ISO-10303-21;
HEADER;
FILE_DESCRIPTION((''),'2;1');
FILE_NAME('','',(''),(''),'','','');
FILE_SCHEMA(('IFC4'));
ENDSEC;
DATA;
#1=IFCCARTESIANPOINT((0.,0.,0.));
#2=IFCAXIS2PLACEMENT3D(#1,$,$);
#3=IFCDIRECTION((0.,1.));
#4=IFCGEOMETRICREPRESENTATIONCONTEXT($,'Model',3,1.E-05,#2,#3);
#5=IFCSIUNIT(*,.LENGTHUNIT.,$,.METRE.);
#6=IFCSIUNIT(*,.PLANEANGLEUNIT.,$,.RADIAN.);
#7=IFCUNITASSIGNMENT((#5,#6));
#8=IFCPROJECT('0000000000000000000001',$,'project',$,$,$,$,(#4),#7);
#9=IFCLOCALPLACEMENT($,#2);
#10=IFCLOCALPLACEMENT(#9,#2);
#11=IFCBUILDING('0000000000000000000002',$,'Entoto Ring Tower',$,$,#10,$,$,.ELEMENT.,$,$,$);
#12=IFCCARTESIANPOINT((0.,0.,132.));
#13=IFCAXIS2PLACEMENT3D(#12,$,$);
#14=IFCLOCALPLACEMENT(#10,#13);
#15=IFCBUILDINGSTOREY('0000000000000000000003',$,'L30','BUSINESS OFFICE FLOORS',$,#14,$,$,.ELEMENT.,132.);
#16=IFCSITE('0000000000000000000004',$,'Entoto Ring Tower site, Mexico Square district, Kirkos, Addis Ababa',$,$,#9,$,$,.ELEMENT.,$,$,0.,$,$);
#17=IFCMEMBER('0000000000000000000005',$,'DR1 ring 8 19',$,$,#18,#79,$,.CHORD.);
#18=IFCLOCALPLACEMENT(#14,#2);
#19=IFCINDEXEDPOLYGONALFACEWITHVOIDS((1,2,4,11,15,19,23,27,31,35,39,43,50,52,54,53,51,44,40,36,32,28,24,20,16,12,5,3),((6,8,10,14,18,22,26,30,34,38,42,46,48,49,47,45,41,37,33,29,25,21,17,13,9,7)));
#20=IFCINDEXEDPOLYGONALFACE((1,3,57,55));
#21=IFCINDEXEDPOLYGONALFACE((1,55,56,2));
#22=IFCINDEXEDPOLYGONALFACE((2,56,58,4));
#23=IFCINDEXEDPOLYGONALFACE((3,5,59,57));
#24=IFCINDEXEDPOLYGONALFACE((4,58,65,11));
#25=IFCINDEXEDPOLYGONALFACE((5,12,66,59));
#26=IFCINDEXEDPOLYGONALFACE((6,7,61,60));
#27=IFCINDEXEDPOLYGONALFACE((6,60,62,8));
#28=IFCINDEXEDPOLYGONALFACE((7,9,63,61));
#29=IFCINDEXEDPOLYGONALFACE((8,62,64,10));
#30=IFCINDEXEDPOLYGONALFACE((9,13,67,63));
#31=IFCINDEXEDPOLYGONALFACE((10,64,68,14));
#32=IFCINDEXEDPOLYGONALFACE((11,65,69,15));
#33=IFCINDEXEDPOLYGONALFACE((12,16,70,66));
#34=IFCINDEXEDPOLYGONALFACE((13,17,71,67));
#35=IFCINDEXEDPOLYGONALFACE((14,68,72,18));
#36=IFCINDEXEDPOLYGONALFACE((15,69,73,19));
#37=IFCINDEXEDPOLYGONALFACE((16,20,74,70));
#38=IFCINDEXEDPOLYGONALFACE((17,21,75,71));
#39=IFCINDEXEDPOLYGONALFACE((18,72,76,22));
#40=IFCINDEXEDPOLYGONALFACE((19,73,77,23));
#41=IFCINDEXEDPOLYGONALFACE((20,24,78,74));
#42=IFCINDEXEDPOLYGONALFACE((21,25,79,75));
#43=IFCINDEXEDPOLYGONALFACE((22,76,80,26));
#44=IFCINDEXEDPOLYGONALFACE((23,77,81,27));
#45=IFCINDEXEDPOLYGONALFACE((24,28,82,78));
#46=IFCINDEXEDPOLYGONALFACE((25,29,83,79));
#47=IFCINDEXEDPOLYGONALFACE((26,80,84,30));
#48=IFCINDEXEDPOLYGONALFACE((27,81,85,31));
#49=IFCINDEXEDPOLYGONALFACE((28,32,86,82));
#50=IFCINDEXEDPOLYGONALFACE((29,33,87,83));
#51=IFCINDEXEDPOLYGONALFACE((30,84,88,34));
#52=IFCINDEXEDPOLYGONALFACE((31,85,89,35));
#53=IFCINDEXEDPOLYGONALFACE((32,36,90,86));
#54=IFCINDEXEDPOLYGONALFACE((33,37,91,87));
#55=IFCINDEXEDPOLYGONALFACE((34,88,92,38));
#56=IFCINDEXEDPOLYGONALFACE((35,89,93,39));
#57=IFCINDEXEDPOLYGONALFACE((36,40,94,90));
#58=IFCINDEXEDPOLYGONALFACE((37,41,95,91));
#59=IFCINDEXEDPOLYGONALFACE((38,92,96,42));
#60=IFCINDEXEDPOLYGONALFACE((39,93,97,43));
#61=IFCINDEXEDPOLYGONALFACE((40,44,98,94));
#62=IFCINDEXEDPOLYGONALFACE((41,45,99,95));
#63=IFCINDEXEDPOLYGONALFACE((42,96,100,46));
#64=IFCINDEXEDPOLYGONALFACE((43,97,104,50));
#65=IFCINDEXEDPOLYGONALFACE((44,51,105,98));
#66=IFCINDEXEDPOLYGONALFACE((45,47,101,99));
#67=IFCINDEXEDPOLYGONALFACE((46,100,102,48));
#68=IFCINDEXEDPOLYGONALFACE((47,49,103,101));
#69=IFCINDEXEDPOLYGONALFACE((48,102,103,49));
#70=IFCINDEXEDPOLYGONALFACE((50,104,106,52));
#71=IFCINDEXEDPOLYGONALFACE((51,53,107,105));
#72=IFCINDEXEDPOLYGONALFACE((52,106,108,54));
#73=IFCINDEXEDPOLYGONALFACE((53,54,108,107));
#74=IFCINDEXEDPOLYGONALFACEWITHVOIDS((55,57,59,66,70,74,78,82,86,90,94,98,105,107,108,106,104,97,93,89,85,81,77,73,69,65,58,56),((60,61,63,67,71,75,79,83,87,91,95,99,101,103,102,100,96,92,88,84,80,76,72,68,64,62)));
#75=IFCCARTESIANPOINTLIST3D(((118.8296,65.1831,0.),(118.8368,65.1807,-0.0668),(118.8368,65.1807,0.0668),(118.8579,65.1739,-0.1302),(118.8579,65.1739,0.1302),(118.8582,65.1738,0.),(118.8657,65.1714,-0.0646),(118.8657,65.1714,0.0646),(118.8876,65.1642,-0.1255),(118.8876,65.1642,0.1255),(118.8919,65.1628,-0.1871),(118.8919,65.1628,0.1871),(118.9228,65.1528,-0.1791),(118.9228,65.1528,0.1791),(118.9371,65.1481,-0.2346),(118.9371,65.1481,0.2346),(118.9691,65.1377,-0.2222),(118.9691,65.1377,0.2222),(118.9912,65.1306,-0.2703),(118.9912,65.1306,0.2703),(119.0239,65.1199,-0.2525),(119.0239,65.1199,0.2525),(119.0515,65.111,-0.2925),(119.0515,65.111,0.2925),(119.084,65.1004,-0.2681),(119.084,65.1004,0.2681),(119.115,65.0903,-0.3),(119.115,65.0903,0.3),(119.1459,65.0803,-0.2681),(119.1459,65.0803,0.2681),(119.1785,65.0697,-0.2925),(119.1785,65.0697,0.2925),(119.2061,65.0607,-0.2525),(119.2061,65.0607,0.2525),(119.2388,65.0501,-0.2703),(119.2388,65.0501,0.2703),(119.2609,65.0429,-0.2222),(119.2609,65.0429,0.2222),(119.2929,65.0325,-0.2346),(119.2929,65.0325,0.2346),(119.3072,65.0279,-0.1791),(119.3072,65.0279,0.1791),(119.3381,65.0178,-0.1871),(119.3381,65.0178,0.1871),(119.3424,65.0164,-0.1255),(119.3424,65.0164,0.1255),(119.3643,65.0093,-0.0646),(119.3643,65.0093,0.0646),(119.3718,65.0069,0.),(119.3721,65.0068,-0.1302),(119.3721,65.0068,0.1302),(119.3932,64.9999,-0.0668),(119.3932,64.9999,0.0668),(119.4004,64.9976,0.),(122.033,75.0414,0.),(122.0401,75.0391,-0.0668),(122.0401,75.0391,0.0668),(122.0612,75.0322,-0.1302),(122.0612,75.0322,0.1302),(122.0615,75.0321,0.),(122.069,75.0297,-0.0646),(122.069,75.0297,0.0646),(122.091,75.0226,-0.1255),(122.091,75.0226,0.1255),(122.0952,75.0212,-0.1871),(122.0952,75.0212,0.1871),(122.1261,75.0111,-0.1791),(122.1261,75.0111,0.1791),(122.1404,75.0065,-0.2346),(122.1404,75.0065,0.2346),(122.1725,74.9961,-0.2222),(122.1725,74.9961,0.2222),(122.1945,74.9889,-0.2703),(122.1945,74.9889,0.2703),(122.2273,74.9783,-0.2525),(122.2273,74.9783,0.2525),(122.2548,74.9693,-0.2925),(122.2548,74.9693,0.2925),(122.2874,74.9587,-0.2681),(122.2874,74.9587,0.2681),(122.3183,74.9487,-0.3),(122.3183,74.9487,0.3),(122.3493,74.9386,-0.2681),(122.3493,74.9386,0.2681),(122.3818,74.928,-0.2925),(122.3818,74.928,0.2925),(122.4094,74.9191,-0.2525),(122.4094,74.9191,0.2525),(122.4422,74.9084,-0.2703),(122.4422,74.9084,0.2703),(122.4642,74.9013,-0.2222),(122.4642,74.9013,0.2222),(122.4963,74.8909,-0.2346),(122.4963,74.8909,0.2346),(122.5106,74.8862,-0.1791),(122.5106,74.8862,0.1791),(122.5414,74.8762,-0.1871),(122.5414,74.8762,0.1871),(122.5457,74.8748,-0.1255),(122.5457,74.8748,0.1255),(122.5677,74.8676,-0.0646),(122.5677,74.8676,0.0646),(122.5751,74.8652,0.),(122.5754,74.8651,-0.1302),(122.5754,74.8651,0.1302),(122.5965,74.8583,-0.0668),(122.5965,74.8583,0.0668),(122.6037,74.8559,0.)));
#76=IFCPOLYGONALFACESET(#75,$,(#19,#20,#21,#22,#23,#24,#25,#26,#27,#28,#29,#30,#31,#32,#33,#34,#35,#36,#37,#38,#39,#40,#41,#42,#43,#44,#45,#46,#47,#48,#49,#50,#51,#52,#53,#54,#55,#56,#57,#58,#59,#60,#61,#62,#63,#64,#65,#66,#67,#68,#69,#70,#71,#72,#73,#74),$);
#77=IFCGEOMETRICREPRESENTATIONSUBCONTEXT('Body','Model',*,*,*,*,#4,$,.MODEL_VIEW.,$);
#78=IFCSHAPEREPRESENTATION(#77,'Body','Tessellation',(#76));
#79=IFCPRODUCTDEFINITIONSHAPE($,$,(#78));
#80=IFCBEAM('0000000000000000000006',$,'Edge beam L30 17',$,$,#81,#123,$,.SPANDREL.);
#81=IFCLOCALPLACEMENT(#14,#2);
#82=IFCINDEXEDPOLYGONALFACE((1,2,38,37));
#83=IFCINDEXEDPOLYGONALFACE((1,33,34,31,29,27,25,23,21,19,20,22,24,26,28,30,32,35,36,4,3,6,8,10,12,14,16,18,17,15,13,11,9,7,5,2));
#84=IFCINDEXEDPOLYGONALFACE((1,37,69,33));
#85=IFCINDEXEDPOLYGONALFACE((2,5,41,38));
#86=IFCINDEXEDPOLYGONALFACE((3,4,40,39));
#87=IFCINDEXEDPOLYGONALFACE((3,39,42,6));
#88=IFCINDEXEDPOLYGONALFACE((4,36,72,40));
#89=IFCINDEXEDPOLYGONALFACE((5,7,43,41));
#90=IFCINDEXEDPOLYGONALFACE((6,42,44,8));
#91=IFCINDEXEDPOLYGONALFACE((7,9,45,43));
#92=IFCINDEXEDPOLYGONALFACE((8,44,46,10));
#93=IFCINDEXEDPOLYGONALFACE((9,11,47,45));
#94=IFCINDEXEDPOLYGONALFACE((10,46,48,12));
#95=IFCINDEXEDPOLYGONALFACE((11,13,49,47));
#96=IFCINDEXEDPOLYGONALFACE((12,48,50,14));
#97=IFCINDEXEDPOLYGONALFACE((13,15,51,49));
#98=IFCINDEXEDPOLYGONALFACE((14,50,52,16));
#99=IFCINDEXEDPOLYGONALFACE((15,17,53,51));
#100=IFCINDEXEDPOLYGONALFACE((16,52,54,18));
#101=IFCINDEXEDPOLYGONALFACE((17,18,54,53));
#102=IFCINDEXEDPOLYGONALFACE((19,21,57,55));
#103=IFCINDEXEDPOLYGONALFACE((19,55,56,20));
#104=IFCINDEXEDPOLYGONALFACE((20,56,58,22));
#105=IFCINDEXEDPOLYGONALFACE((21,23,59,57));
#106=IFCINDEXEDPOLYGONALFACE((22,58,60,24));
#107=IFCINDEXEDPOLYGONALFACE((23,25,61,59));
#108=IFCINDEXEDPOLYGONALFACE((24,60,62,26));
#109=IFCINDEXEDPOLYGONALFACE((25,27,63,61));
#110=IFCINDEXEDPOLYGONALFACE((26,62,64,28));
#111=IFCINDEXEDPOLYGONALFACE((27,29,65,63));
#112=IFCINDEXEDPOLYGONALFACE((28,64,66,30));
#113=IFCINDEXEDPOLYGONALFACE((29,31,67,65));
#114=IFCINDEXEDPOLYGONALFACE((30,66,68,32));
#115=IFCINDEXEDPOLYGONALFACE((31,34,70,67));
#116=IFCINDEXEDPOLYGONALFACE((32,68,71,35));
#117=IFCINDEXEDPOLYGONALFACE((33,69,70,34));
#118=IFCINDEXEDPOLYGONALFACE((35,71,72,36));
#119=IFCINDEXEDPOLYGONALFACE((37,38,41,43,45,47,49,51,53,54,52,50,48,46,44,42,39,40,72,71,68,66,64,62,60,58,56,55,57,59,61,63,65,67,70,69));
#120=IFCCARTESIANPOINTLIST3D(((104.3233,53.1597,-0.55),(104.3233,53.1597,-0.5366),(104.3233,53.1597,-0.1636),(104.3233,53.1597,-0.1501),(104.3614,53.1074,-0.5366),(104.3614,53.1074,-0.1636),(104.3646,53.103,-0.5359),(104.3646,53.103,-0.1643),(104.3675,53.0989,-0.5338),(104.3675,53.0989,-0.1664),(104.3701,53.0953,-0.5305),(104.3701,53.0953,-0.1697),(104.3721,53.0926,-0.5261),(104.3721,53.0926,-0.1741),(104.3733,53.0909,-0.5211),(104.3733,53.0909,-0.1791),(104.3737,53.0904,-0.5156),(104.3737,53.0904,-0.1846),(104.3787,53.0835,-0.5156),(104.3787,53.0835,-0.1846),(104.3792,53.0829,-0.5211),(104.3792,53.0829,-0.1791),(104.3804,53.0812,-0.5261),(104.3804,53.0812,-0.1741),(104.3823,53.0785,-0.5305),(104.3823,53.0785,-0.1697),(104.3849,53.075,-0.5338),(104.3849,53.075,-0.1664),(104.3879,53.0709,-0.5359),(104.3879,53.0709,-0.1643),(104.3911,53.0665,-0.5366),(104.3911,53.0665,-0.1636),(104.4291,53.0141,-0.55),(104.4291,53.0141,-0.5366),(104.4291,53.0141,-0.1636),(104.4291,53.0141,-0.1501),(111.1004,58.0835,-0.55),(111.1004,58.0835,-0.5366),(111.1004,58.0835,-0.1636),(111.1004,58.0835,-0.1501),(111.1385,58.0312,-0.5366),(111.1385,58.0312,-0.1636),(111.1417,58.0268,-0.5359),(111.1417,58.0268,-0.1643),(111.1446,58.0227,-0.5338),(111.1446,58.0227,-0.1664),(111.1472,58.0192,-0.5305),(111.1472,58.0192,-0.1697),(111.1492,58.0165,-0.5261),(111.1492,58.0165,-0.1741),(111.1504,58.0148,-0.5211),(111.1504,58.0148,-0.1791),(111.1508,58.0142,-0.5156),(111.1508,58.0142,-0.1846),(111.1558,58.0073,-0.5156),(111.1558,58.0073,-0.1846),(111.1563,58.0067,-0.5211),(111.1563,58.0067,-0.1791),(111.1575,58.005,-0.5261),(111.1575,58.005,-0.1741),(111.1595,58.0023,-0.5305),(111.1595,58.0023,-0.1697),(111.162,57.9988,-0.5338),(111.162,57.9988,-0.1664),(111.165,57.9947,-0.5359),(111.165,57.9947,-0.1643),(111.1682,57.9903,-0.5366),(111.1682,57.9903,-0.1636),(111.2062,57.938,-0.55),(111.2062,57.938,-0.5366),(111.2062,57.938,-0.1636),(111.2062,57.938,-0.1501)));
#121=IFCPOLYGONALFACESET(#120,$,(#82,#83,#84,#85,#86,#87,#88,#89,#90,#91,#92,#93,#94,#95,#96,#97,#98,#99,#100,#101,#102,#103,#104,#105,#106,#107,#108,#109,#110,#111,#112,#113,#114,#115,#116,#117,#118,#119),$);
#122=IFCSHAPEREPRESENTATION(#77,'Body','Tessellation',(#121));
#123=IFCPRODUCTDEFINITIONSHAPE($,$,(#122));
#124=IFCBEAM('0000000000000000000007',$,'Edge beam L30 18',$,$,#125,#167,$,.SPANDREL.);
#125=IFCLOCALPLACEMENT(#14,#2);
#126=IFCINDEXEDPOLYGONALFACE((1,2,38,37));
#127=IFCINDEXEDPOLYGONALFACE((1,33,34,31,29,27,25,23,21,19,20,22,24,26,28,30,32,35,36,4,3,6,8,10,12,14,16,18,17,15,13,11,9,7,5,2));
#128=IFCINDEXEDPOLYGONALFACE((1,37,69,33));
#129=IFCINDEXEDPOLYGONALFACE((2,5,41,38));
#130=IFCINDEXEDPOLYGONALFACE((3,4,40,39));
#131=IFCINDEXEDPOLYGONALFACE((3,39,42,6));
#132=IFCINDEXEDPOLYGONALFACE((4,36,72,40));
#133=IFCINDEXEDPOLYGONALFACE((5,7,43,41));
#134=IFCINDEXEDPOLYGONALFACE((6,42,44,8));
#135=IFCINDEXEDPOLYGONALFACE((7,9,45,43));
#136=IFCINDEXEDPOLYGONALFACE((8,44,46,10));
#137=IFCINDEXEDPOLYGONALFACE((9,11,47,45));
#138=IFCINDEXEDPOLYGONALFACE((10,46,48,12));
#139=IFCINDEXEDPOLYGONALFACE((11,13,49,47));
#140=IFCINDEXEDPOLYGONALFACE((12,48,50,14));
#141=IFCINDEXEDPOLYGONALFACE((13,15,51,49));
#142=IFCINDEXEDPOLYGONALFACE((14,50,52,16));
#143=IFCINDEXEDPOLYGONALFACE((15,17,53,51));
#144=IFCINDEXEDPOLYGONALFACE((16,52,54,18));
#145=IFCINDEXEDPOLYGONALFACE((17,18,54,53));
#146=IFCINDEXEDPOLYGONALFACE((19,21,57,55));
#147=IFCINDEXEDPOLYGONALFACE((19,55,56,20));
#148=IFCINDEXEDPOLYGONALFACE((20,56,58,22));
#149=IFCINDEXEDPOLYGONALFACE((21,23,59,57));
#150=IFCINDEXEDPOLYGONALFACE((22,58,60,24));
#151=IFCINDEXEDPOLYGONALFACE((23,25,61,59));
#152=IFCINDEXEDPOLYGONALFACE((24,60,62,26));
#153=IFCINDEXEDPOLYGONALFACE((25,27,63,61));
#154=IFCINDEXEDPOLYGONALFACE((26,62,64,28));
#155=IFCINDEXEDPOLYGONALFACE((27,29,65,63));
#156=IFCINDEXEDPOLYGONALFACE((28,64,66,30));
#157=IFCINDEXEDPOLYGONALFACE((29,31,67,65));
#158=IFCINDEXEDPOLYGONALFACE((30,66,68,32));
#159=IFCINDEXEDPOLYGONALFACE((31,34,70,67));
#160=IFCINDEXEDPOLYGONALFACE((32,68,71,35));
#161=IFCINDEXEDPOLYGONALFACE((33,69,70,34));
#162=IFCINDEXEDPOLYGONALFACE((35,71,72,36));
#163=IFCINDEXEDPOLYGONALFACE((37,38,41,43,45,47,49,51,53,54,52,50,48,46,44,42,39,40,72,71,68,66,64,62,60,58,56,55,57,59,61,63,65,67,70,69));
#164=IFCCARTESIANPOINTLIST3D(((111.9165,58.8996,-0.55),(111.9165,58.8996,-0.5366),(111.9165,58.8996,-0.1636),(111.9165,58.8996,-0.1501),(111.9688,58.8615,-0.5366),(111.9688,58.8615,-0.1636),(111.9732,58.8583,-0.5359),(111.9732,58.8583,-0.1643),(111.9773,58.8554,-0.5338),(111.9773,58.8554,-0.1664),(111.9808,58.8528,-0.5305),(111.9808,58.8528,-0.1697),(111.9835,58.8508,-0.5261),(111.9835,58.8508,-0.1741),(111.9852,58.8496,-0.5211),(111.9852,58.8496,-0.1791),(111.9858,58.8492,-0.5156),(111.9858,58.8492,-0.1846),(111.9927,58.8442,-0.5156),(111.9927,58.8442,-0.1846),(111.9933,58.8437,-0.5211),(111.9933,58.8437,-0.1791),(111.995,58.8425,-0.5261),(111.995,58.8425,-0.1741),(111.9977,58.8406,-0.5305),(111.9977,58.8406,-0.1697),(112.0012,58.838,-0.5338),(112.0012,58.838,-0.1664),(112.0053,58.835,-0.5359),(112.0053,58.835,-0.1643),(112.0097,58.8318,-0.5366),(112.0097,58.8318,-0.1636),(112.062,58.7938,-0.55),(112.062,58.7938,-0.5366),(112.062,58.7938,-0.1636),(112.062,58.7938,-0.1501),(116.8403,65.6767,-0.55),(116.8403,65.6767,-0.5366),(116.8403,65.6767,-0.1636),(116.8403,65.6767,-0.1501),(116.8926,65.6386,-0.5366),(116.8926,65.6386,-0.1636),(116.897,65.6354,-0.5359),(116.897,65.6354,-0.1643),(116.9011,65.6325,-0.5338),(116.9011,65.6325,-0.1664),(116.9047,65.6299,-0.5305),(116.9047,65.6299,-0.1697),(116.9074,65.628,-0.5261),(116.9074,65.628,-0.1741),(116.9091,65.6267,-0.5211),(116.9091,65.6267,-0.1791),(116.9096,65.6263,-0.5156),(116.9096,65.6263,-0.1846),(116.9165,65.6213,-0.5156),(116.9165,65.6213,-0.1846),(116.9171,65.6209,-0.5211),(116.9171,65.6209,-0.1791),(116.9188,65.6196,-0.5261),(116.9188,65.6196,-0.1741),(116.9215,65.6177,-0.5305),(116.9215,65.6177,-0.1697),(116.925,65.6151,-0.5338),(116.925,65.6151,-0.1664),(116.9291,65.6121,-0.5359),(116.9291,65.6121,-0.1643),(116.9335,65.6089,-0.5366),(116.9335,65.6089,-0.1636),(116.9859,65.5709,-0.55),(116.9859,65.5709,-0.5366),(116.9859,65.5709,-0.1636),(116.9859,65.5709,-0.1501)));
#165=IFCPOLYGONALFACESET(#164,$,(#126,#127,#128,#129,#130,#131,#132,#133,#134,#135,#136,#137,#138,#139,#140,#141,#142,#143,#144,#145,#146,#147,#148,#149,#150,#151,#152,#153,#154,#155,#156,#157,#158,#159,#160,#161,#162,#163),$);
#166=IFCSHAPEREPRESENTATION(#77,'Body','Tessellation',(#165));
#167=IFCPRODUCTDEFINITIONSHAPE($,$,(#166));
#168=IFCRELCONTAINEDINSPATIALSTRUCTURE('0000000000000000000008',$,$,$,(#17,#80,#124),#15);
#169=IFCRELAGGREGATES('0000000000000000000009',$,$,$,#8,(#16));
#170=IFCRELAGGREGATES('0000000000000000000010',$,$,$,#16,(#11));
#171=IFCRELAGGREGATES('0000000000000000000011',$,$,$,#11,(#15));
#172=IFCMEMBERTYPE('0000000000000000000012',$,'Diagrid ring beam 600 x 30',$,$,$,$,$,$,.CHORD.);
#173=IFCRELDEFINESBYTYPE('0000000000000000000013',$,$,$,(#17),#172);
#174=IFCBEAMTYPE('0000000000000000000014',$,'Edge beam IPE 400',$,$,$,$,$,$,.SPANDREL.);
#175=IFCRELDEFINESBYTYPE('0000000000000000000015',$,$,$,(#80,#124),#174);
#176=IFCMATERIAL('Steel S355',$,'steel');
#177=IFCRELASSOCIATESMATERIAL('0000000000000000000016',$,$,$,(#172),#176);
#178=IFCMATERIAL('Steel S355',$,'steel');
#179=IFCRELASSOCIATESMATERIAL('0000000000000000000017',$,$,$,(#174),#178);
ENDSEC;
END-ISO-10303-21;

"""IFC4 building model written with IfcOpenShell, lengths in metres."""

from ifc_helpers import new_model, si_unit, direction, frame, origin, origin_2d, place, context, subcontext, project, spatial, circle, hollow_circle, i_section, extrude, material, material_profile, profile_set, type_object, element, save


model = new_model("IFC4")

# Units and contexts
model_context = context("Model", 3, precision=1e-05, world=origin(), true_north=direction((0.0, 1.0)))
body_context = subcontext(model_context, "Body", "Model", "MODEL_VIEW")
ifc_project = project(units=[si_unit("LENGTHUNIT", "METRE"), si_unit("PLANEANGLEUNIT", "RADIAN")], contexts=[model_context])

# Site, building, storey
site_placement = place(None, origin())
site = spatial("IfcSite", under=ifc_project, at=site_placement, Name="Entoto Ring Tower site, Mexico Square district, Kirkos, Addis Ababa", CompositionType="ELEMENT", RefElevation=0.0)
building_placement = place(site_placement, origin())
building = spatial("IfcBuilding", under=site, at=building_placement, Name="Entoto Ring Tower", CompositionType="ELEMENT")
storey_placement = place(building_placement, frame((0.0, 0.0, 132.0)))
storey = spatial("IfcBuildingStorey", under=building, at=storey_placement, Name="L30", Description="BUSINESS OFFICE FLOORS", CompositionType="ELEMENT", Elevation=132.0)

# Member
ifc_material_1 = material(Name="Steel S355", Category="steel")
ifc_material_profile_1 = material_profile(ifc_material_1, hollow_circle(Radius=0.3, WallThickness=0.03, at=origin_2d()), Name="CHS 600 x 30")
ifc_material_2 = material(Name="Concrete C60/75", Category="concrete")
ifc_material_profile_2 = material_profile(ifc_material_2, circle(Radius=0.27, at=origin_2d()), Name="Concrete C60/75 infill")
ifc_profile_set_1 = profile_set([ifc_material_profile_1, ifc_material_profile_2], Name="Steel S355")
member_type_1 = type_object("IfcMemberType", Name="Diagrid ring beam 600 x 30", PredefinedType="CHORD", material=ifc_profile_set_1)
member_placement = place(storey_placement, frame((119.115, 65.0903, 0.0), z_axis=(0.309033, 0.951051, 0.0), x_axis=(-0.951051, 0.309033, 0.0)))
element("IfcMember", 1, at=member_placement, inside=storey, type_object=member_type_1, Name="DR1 ring 8 19", PredefinedType="CHORD", context=body_context, shape_type="SweptSolid", body=[
    extrude(hollow_circle(Radius=0.3, WallThickness=0.03, at=origin_2d()), origin(), (0.0, 0.0, 1.0), 10.3657),
])

# Beams
ifc_material_3 = material(Name="Steel S355", Category="steel")
ifc_material_profile_3 = material_profile(ifc_material_3, i_section(OverallWidth=0.1799, OverallDepth=0.3999, WebThickness=0.0085, FlangeThickness=0.0134, FilletRadius=0.021, at=origin_2d()), Name="IPE 400")
ifc_profile_set_2 = profile_set([ifc_material_profile_3], Name="Steel S355")
beam_type = type_object("IfcBeamType", Name="Edge beam IPE 400", PredefinedType="SPANDREL", material=ifc_profile_set_2)
for number, where, z_axis, x_axis, name in (
    (2, (104.3762, 53.0869, -0.3501), (0.809018, 0.587783, 0.0), (-0.587783, 0.809018, 0.0), "Edge beam L30 17"),
    (3, (111.9893, 58.8467, -0.3501), (0.587783, 0.809018, 0.0), (-0.809018, 0.587783, 0.0), "Edge beam L30 18"),
):
    element("IfcBeam", number, at=place(storey_placement, frame(where, z_axis=z_axis, x_axis=x_axis)), inside=storey, type_object=beam_type, Name=name, PredefinedType="SPANDREL", context=body_context, shape_type="SweptSolid", body=[
        extrude(i_section(OverallWidth=0.1799, OverallDepth=0.3999, WebThickness=0.0085, FlangeThickness=0.0134, FilletRadius=0.021, at=origin_2d()), origin(), (0.0, 0.0, 1.0), 8.377),
    ])

save(model, "model.ifc")
